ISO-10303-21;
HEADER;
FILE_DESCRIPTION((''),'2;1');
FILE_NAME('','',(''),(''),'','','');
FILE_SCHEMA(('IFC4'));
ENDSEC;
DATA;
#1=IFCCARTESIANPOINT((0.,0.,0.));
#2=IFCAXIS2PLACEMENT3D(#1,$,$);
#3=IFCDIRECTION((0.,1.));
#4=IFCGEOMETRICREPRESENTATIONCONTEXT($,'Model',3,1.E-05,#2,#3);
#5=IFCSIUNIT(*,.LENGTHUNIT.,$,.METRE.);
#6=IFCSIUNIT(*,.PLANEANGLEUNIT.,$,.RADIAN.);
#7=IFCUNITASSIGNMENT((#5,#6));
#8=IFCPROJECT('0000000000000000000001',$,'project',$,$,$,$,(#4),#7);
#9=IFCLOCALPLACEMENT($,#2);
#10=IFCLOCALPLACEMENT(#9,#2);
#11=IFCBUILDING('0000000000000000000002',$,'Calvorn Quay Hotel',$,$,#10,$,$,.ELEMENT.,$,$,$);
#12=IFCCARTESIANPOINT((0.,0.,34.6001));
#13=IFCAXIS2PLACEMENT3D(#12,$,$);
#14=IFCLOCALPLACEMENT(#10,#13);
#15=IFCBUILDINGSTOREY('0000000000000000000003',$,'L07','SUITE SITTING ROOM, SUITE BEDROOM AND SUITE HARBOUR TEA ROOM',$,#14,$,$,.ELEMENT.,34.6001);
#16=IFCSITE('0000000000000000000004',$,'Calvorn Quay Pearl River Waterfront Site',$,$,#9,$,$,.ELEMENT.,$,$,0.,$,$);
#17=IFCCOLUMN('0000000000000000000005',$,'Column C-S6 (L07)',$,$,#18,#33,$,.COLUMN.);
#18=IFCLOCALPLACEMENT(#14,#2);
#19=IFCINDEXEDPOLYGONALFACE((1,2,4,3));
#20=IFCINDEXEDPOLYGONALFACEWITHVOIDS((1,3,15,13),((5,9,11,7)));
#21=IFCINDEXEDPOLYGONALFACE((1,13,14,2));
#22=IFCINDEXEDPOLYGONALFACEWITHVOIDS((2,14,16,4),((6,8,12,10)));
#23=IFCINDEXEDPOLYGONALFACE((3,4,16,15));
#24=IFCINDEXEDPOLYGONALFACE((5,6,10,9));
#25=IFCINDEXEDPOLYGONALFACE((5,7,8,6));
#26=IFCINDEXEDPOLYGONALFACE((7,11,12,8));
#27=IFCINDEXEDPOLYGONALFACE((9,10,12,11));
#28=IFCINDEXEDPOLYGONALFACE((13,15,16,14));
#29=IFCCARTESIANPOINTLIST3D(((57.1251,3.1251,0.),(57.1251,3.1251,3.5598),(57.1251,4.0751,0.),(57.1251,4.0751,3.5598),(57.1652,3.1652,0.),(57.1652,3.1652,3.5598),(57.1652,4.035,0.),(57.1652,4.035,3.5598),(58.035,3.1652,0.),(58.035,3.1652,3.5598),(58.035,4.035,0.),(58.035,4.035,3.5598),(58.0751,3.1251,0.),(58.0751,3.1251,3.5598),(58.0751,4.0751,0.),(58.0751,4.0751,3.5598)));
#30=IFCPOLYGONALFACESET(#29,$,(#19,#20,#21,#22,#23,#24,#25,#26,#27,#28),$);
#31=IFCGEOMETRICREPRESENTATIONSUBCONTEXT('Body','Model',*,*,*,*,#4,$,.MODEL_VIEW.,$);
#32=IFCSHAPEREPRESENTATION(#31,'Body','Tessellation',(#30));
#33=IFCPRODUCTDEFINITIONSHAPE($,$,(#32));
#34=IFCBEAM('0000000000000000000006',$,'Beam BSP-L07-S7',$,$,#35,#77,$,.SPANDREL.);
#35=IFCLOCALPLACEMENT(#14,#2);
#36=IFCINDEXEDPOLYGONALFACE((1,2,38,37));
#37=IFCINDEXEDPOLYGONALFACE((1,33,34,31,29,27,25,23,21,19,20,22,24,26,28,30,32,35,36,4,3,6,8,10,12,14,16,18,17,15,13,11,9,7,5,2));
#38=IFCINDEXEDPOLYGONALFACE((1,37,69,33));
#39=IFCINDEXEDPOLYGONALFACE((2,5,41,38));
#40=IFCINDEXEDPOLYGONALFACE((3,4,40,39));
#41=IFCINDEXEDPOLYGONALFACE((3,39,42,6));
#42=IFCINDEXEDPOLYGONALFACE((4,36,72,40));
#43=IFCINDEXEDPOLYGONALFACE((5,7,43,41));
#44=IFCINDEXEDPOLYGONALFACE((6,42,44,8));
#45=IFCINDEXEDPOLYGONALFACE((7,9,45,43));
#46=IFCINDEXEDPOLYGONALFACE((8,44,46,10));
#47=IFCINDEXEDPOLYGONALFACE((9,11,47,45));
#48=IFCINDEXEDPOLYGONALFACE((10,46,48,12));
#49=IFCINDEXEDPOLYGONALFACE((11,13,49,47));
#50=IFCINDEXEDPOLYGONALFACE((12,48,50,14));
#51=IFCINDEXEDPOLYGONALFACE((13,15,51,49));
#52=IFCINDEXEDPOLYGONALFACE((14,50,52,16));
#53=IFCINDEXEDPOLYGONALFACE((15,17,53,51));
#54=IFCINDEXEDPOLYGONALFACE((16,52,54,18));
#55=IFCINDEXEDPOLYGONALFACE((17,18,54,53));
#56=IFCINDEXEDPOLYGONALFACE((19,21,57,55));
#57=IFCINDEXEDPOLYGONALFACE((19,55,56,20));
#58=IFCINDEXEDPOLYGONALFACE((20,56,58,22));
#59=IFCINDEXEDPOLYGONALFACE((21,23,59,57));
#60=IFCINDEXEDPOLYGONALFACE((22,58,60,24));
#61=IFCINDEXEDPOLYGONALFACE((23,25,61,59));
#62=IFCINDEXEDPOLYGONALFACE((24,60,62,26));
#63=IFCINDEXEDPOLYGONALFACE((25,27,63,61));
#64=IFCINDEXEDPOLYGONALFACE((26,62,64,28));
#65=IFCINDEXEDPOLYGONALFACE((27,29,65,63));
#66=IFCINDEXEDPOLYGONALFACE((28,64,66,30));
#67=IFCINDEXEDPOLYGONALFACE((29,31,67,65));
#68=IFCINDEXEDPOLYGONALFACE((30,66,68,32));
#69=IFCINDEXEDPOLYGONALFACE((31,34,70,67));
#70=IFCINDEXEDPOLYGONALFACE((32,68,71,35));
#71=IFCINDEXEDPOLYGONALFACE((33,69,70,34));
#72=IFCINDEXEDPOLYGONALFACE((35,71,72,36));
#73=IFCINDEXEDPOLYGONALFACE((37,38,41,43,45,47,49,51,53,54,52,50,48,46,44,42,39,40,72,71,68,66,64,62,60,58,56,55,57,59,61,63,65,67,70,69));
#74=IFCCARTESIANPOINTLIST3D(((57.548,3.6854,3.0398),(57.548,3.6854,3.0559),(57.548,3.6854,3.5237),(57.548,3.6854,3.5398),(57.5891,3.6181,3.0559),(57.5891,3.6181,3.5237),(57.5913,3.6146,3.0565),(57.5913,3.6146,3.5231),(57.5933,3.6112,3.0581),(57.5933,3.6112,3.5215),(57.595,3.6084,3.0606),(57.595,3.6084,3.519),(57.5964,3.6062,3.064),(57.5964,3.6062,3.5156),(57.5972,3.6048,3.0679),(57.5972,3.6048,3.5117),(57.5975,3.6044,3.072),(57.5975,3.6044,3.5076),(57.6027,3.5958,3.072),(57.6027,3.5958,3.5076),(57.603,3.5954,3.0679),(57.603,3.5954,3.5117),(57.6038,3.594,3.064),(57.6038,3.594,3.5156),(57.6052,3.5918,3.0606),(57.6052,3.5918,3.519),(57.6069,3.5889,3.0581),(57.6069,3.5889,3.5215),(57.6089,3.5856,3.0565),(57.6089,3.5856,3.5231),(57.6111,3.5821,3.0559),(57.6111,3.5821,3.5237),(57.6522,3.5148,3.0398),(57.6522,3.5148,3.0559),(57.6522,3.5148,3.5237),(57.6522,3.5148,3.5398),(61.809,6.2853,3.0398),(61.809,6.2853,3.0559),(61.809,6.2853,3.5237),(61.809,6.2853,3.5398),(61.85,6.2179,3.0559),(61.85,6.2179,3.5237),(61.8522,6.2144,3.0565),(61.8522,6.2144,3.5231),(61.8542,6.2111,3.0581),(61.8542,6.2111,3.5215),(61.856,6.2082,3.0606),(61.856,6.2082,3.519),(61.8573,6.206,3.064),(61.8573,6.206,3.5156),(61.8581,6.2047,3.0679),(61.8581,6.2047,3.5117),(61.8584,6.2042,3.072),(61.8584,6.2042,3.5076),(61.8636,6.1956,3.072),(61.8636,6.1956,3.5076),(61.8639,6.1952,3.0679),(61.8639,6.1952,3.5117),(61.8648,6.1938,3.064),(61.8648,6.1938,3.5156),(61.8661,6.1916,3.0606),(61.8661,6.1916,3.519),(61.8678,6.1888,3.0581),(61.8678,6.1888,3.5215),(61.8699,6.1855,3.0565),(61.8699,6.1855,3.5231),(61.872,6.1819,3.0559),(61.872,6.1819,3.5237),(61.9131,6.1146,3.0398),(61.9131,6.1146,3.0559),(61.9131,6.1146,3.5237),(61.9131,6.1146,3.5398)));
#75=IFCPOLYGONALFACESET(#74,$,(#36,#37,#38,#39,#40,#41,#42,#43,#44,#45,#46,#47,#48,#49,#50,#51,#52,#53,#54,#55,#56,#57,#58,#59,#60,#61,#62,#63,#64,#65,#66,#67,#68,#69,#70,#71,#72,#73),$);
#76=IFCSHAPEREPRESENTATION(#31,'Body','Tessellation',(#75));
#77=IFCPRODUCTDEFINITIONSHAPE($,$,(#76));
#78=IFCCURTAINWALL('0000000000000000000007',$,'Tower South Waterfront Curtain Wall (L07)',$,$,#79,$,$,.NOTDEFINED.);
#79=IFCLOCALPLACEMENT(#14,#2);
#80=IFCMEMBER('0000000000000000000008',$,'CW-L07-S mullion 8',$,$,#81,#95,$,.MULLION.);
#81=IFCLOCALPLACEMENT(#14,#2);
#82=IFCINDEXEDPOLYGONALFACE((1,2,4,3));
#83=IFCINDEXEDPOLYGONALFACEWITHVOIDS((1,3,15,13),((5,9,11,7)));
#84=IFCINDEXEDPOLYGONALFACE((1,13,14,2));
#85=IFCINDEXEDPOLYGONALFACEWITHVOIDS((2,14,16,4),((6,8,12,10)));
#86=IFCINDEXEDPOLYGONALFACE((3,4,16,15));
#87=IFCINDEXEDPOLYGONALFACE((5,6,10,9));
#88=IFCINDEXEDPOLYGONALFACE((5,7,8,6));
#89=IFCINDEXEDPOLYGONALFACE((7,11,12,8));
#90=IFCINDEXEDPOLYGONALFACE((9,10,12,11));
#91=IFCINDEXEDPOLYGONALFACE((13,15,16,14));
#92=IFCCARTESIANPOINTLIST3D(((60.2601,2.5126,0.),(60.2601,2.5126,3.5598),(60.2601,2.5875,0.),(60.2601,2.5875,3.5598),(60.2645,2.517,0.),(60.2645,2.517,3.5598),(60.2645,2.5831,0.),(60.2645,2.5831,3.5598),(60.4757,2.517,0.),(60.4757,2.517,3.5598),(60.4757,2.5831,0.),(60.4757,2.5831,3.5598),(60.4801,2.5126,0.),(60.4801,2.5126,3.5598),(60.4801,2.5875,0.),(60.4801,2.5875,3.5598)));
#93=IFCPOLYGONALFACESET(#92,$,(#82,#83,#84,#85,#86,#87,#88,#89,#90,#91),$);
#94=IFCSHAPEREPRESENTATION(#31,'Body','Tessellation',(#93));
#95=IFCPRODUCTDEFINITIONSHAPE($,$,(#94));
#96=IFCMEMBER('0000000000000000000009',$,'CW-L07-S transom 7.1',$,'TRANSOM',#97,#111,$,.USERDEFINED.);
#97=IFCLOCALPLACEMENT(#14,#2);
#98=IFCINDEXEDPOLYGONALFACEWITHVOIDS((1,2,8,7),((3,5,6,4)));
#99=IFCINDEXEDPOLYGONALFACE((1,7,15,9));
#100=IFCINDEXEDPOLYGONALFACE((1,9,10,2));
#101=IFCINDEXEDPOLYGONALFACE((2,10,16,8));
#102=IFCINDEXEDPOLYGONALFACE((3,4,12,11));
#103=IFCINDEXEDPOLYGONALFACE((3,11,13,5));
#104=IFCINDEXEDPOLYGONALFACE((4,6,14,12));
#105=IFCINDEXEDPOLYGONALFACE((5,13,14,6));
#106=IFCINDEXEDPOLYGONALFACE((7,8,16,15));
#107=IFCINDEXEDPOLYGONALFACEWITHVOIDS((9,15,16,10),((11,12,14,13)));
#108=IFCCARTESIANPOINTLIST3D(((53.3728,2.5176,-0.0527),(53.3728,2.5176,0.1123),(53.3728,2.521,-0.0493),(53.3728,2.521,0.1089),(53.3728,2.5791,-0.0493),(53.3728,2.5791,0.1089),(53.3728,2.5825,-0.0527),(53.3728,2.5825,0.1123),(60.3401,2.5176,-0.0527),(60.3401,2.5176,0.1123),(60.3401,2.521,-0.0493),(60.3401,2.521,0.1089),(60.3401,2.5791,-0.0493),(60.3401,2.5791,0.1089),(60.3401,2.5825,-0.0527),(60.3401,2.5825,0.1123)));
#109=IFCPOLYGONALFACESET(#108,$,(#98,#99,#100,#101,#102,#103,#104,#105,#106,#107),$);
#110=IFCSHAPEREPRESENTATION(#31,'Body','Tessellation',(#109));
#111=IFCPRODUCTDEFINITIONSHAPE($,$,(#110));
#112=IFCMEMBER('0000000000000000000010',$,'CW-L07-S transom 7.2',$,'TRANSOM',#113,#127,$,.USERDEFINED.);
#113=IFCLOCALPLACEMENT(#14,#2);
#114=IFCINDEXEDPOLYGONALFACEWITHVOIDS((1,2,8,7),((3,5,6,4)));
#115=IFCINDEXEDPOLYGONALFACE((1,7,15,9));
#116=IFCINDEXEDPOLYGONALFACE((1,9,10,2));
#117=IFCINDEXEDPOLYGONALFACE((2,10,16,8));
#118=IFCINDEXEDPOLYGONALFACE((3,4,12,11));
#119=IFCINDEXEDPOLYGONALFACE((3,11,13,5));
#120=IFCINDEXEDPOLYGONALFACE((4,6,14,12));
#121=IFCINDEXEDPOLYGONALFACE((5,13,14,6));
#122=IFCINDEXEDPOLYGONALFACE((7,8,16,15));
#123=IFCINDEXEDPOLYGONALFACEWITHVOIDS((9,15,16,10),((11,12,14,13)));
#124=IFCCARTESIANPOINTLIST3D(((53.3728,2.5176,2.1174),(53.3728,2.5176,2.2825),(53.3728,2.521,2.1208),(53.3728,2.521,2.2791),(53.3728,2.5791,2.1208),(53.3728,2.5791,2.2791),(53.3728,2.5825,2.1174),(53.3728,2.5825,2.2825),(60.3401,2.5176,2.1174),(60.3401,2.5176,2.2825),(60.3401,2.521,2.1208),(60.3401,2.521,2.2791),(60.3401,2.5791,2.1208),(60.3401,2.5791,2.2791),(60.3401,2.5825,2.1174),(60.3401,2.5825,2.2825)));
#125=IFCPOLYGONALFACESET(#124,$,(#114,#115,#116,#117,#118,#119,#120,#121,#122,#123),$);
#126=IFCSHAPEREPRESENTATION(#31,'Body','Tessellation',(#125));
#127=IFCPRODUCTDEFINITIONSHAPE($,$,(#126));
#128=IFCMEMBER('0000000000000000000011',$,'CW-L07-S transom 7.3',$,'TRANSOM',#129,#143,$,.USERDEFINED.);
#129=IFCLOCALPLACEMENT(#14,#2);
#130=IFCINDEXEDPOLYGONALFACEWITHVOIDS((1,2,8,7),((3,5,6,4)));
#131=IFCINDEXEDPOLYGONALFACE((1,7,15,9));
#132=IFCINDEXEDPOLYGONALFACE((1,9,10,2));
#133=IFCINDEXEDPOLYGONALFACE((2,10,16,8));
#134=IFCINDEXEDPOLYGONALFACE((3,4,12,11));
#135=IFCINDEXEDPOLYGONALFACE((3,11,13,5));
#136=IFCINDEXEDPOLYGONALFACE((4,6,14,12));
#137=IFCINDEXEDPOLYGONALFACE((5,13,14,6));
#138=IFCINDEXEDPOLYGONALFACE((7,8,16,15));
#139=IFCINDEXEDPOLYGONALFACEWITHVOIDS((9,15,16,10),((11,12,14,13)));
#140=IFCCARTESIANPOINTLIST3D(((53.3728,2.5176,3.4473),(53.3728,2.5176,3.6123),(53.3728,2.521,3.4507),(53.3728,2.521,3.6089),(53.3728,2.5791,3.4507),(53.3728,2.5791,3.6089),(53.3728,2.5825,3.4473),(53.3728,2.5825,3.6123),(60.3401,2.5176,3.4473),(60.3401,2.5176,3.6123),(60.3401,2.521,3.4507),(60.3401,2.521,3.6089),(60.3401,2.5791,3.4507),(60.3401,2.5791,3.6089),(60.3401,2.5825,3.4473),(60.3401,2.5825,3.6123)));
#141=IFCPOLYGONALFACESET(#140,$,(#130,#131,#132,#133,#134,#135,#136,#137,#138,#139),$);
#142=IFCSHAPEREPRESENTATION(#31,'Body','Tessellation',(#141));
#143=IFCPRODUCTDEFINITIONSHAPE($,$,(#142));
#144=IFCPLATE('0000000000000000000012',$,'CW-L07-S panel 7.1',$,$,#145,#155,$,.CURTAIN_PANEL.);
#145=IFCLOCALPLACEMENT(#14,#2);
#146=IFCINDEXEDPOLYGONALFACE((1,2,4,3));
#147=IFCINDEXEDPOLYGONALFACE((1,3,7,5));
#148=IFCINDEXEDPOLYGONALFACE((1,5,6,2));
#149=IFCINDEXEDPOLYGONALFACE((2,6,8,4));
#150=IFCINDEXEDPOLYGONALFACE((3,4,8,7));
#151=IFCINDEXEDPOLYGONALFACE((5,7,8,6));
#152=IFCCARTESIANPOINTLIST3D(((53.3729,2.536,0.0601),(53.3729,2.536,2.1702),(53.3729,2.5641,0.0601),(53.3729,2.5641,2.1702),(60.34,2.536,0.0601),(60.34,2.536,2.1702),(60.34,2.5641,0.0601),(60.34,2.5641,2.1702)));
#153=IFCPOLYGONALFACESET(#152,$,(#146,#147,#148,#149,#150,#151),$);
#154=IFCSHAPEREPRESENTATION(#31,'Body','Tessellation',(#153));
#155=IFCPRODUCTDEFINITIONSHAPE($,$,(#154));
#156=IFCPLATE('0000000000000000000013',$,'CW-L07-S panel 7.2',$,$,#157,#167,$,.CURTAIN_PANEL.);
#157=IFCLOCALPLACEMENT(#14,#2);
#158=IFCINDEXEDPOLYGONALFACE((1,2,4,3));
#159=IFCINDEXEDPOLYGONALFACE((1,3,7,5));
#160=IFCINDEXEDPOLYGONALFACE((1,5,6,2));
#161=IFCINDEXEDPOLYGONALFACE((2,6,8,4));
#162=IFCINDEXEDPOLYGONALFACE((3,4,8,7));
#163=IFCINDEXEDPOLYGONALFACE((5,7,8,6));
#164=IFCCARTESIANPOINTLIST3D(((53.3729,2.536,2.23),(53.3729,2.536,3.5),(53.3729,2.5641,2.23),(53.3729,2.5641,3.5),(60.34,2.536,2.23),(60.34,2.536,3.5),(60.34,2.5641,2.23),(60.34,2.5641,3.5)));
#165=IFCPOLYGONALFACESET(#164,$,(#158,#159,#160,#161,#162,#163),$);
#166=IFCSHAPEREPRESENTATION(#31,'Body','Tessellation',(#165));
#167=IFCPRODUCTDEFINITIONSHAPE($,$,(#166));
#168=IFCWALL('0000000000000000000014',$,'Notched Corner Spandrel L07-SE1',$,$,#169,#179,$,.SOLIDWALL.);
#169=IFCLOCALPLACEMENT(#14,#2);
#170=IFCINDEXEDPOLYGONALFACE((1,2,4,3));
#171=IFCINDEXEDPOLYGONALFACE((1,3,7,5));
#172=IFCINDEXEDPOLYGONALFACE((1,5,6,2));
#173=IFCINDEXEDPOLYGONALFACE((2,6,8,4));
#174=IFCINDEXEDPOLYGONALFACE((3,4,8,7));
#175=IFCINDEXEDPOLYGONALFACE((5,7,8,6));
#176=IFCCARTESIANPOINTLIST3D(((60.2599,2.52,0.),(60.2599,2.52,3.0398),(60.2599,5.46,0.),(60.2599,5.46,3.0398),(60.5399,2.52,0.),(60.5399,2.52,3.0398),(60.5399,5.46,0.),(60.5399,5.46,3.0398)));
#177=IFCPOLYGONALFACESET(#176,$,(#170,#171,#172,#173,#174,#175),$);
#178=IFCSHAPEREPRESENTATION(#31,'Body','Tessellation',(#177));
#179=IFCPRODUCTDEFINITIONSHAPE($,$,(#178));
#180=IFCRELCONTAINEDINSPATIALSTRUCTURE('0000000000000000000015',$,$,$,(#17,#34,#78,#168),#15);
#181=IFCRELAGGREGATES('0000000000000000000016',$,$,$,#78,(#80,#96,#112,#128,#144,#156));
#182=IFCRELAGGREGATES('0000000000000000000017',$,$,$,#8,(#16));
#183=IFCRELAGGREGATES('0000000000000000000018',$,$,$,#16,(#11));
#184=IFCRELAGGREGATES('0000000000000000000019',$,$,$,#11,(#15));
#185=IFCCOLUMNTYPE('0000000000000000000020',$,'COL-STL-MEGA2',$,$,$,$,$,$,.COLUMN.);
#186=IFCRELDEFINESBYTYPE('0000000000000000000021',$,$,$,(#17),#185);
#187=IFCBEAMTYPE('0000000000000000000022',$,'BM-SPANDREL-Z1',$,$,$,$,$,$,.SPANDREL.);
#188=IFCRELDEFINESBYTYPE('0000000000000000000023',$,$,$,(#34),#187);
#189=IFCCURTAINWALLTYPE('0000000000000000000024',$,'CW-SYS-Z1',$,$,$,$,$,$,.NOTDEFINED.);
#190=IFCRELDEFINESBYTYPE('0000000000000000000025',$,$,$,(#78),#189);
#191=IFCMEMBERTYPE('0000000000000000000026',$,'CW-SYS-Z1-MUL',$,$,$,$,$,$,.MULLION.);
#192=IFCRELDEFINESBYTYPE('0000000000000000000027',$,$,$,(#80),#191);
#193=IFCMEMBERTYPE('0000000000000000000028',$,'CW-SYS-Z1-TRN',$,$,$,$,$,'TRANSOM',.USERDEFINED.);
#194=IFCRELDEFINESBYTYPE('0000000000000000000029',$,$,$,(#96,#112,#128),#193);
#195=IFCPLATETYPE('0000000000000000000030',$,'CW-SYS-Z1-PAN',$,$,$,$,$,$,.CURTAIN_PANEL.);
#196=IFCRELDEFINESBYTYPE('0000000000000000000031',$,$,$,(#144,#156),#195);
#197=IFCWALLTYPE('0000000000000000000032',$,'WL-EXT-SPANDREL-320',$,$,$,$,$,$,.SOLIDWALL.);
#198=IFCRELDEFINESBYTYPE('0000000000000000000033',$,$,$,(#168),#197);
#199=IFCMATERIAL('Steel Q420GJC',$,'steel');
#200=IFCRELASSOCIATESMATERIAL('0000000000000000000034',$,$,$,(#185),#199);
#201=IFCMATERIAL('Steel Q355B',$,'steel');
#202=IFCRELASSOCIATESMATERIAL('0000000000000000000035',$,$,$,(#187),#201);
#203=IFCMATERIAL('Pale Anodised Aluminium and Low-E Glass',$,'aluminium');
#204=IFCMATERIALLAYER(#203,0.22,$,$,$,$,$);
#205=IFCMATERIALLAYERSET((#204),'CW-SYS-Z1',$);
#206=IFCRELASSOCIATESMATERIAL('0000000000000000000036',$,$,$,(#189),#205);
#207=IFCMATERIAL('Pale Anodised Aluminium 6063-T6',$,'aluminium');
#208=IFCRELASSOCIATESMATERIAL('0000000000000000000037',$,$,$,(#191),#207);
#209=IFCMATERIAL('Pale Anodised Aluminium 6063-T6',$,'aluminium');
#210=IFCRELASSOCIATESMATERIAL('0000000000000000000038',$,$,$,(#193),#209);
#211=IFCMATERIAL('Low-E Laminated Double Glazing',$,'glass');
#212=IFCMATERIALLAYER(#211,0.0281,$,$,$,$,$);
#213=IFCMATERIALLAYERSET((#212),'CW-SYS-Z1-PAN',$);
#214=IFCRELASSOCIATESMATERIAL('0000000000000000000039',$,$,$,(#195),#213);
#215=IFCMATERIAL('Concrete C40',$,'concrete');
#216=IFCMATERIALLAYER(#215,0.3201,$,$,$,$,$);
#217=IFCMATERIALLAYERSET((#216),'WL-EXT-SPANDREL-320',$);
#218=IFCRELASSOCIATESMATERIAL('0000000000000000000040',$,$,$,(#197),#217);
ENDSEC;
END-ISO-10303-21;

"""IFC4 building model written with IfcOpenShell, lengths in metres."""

from ifc_helpers import new_model, si_unit, direction, frame, frame_2d, origin, origin_2d, place, context, subcontext, project, spatial, rectangle, hollow_rectangle, i_section, extrude, material, layer, layer_set, material_profile, profile_set, type_object, element, aggregate, save


model = new_model("IFC4")

# Units and contexts
model_context = context("Model", 3, precision=1e-05, world=origin(), true_north=direction((0.0, 1.0)))
body_context = subcontext(model_context, "Body", "Model", "MODEL_VIEW")
ifc_project = project(units=[si_unit("LENGTHUNIT", "METRE"), si_unit("PLANEANGLEUNIT", "RADIAN")], contexts=[model_context])

# Site, building, storey
site_placement = place(None, origin())
site = spatial("IfcSite", under=ifc_project, at=site_placement, Name="Calvorn Quay Pearl River Waterfront Site", CompositionType="ELEMENT", RefElevation=0.0)
building_placement = place(site_placement, origin())
building = spatial("IfcBuilding", under=site, at=building_placement, Name="Calvorn Quay Hotel", CompositionType="ELEMENT")
storey_placement = place(building_placement, frame((0.0, 0.0, 34.6001)))
storey = spatial("IfcBuildingStorey", under=building, at=storey_placement, Name="L07", Description="SUITE SITTING ROOM, SUITE BEDROOM AND SUITE HARBOUR TEA ROOM", CompositionType="ELEMENT", Elevation=34.6001)

# Column
ifc_material_1 = material(Name="Steel Q420GJC", Category="steel")
ifc_material_profile_1 = material_profile(ifc_material_1, hollow_rectangle(XDim=0.95, YDim=0.95, WallThickness=0.04, at=origin_2d()), Name="BOX950x950x40")
ifc_profile_set_1 = profile_set([ifc_material_profile_1], Name="Steel Q420GJC")
column_type = type_object("IfcColumnType", Name="COL-STL-MEGA2", PredefinedType="COLUMN", material=ifc_profile_set_1)
column_placement = place(storey_placement, frame((57.6001, 3.6001, 0.0), z_axis=(0.0, 0.0, 1.0), x_axis=(1.0, 0.0, 0.0)))
element("IfcColumn", 1, at=column_placement, inside=storey, type_object=column_type, Name="Column C-S6 (L07)", PredefinedType="COLUMN", context=body_context, shape_type="SweptSolid", body=[
    extrude(hollow_rectangle(XDim=0.95, YDim=0.95, WallThickness=0.04, at=origin_2d()), origin(), (0.0, 0.0, 1.0), 3.5598),
])

# Beam
ifc_material_2 = material(Name="Steel Q355B", Category="steel")
ifc_material_profile_2 = material_profile(ifc_material_2, i_section(OverallWidth=0.2, OverallDepth=0.5, WebThickness=0.01, FlangeThickness=0.0161, FilletRadius=0.0161, at=origin_2d()), Name="HN500x200x10x16")
ifc_profile_set_2 = profile_set([ifc_material_profile_2], Name="Steel Q355B")
beam_type = type_object("IfcBeamType", Name="BM-SPANDREL-Z1", PredefinedType="SPANDREL", material=ifc_profile_set_2)
beam_placement = place(storey_placement, frame((57.6001, 3.6001, 3.2898), z_axis=(0.853646, 0.520854, 0.0), x_axis=(-0.520854, 0.853646, 0.0)))
element("IfcBeam", 2, at=beam_placement, inside=storey, type_object=beam_type, Name="Beam BSP-L07-S7", PredefinedType="SPANDREL", context=body_context, shape_type="SweptSolid", body=[
    extrude(i_section(OverallWidth=0.2, OverallDepth=0.5, WebThickness=0.01, FlangeThickness=0.0161, FilletRadius=0.0161, at=origin_2d()), origin(), (0.0, 0.0, 1.0), 4.9915),
])

# Curtain wall, members, plates
ifc_material_3 = material(Name="Pale Anodised Aluminium and Low-E Glass", Category="aluminium")
ifc_layer_1 = layer(ifc_material_3, 0.22)
ifc_layer_set_1 = layer_set([ifc_layer_1], Name="CW-SYS-Z1")
curtain_wall_type = type_object("IfcCurtainWallType", Name="CW-SYS-Z1", PredefinedType="NOTDEFINED", material=ifc_layer_set_1)
curtain_wall_placement = place(storey_placement, origin())
curtain_wall = element("IfcCurtainWall", 3, at=curtain_wall_placement, inside=storey, type_object=curtain_wall_type, Name="Tower South Waterfront Curtain Wall (L07)", PredefinedType="NOTDEFINED")
ifc_material_4 = material(Name="Pale Anodised Aluminium 6063-T6", Category="aluminium")
ifc_material_profile_3 = material_profile(ifc_material_4, hollow_rectangle(XDim=0.075, YDim=0.22, WallThickness=0.0044, at=origin_2d()), Name="ALU-M220x75x4.5")
ifc_profile_set_3 = profile_set([ifc_material_profile_3], Name="Pale Anodised Aluminium 6063-T6")
member_type_1 = type_object("IfcMemberType", Name="CW-SYS-Z1-MUL", PredefinedType="MULLION", material=ifc_profile_set_3)
member_1_placement = place(storey_placement, frame((60.3701, 2.55, 0.0), z_axis=(0.0, 0.0, 1.0), x_axis=(0.0, 1.0, 0.0)))
member_1 = element("IfcMember", 4, at=member_1_placement, type_object=member_type_1, Name="CW-L07-S mullion 8", PredefinedType="MULLION", context=body_context, shape_type="SweptSolid", body=[
    extrude(hollow_rectangle(XDim=0.075, YDim=0.22, WallThickness=0.0044, at=origin_2d()), origin(), (0.0, 0.0, 1.0), 3.5598),
])
ifc_material_5 = material(Name="Pale Anodised Aluminium 6063-T6", Category="aluminium")
ifc_material_profile_4 = material_profile(ifc_material_5, hollow_rectangle(XDim=0.0649, YDim=0.165, WallThickness=0.0034, at=origin_2d()), Name="ALU-T165x65x3.5")
ifc_profile_set_4 = profile_set([ifc_material_profile_4], Name="Pale Anodised Aluminium 6063-T6")
member_type_2 = type_object("IfcMemberType", Name="CW-SYS-Z1-TRN", ElementType="TRANSOM", PredefinedType="USERDEFINED", material=ifc_profile_set_4)
member_2_placement = place(storey_placement, frame((53.3728, 2.55, 0.0298), z_axis=(1.0, 0.0, 0.0), x_axis=(0.0, 1.0, 0.0)))
member_2 = element("IfcMember", 5, at=member_2_placement, type_object=member_type_2, Name="CW-L07-S transom 7.1", ObjectType="TRANSOM", PredefinedType="USERDEFINED", context=body_context, shape_type="SweptSolid", body=[
    extrude(hollow_rectangle(XDim=0.0649, YDim=0.165, WallThickness=0.0034, at=origin_2d()), origin(), (0.0, 0.0, 1.0), 6.9673),
])
member_3_placement = place(storey_placement, frame((53.3728, 2.55, 2.2), z_axis=(1.0, 0.0, 0.0), x_axis=(0.0, 1.0, 0.0)))
member_3 = element("IfcMember", 6, at=member_3_placement, type_object=member_type_2, Name="CW-L07-S transom 7.2", ObjectType="TRANSOM", PredefinedType="USERDEFINED", context=body_context, shape_type="SweptSolid", body=[
    extrude(hollow_rectangle(XDim=0.0649, YDim=0.165, WallThickness=0.0034, at=origin_2d()), origin(), (0.0, 0.0, 1.0), 6.9673),
])
member_4_placement = place(storey_placement, frame((53.3728, 2.55, 3.5298), z_axis=(1.0, 0.0, 0.0), x_axis=(0.0, 1.0, 0.0)))
member_4 = element("IfcMember", 7, at=member_4_placement, type_object=member_type_2, Name="CW-L07-S transom 7.3", ObjectType="TRANSOM", PredefinedType="USERDEFINED", context=body_context, shape_type="SweptSolid", body=[
    extrude(hollow_rectangle(XDim=0.0649, YDim=0.165, WallThickness=0.0034, at=origin_2d()), origin(), (0.0, 0.0, 1.0), 6.9673),
])
ifc_material_6 = material(Name="Low-E Laminated Double Glazing", Category="glass")
ifc_layer_2 = layer(ifc_material_6, 0.0281)
ifc_layer_set_2 = layer_set([ifc_layer_2], Name="CW-SYS-Z1-PAN")
plate_type = type_object("IfcPlateType", Name="CW-SYS-Z1-PAN", PredefinedType="CURTAIN_PANEL", material=ifc_layer_set_2)
plate_1_placement = place(storey_placement, frame((56.8564, 2.55, 0.0601), z_axis=(0.0, 0.0, 1.0), x_axis=(1.0, 0.0, 0.0)))
plate_1 = element("IfcPlate", 8, at=plate_1_placement, type_object=plate_type, Name="CW-L07-S panel 7.1", PredefinedType="CURTAIN_PANEL", context=body_context, shape_type="SweptSolid", body=[
    extrude(rectangle(XDim=6.967, YDim=0.0281, at=origin_2d()), origin(), (0.0, 0.0, 1.0), 2.1101),
])
plate_2_placement = place(storey_placement, frame((56.8564, 2.55, 2.23), z_axis=(0.0, 0.0, 1.0), x_axis=(1.0, 0.0, 0.0)))
plate_2 = element("IfcPlate", 9, at=plate_2_placement, type_object=plate_type, Name="CW-L07-S panel 7.2", PredefinedType="CURTAIN_PANEL", context=body_context, shape_type="SweptSolid", body=[
    extrude(rectangle(XDim=6.967, YDim=0.0281, at=origin_2d()), origin(), (0.0, 0.0, 1.0), 1.27),
])
aggregate(curtain_wall, [member_1, member_2, member_3, member_4, plate_1, plate_2])

# Wall
ifc_material_7 = material(Name="Concrete C40", Category="concrete")
ifc_layer_3 = layer(ifc_material_7, 0.3201)
ifc_layer_set_3 = layer_set([ifc_layer_3], Name="WL-EXT-SPANDREL-320")
wall_type = type_object("IfcWallType", Name="WL-EXT-SPANDREL-320", PredefinedType="SOLIDWALL", material=ifc_layer_set_3)
wall_1_placement = place(storey_placement, frame((60.3999, 2.52, 0.0), z_axis=(0.0, 0.0, 1.0), x_axis=(0.0, 1.0, 0.0)))
element("IfcWall", 10, at=wall_1_placement, inside=storey, type_object=wall_type, Name="Notched Corner Spandrel L07-SE1", PredefinedType="SOLIDWALL", context=body_context, shape_type="SweptSolid", body=[
    extrude(rectangle(XDim=2.9399, YDim=0.28, at=frame_2d((1.47, 0.0))), origin(), (0.0, 0.0, 1.0), 3.0398),
])

save(model, "model.ifc")
